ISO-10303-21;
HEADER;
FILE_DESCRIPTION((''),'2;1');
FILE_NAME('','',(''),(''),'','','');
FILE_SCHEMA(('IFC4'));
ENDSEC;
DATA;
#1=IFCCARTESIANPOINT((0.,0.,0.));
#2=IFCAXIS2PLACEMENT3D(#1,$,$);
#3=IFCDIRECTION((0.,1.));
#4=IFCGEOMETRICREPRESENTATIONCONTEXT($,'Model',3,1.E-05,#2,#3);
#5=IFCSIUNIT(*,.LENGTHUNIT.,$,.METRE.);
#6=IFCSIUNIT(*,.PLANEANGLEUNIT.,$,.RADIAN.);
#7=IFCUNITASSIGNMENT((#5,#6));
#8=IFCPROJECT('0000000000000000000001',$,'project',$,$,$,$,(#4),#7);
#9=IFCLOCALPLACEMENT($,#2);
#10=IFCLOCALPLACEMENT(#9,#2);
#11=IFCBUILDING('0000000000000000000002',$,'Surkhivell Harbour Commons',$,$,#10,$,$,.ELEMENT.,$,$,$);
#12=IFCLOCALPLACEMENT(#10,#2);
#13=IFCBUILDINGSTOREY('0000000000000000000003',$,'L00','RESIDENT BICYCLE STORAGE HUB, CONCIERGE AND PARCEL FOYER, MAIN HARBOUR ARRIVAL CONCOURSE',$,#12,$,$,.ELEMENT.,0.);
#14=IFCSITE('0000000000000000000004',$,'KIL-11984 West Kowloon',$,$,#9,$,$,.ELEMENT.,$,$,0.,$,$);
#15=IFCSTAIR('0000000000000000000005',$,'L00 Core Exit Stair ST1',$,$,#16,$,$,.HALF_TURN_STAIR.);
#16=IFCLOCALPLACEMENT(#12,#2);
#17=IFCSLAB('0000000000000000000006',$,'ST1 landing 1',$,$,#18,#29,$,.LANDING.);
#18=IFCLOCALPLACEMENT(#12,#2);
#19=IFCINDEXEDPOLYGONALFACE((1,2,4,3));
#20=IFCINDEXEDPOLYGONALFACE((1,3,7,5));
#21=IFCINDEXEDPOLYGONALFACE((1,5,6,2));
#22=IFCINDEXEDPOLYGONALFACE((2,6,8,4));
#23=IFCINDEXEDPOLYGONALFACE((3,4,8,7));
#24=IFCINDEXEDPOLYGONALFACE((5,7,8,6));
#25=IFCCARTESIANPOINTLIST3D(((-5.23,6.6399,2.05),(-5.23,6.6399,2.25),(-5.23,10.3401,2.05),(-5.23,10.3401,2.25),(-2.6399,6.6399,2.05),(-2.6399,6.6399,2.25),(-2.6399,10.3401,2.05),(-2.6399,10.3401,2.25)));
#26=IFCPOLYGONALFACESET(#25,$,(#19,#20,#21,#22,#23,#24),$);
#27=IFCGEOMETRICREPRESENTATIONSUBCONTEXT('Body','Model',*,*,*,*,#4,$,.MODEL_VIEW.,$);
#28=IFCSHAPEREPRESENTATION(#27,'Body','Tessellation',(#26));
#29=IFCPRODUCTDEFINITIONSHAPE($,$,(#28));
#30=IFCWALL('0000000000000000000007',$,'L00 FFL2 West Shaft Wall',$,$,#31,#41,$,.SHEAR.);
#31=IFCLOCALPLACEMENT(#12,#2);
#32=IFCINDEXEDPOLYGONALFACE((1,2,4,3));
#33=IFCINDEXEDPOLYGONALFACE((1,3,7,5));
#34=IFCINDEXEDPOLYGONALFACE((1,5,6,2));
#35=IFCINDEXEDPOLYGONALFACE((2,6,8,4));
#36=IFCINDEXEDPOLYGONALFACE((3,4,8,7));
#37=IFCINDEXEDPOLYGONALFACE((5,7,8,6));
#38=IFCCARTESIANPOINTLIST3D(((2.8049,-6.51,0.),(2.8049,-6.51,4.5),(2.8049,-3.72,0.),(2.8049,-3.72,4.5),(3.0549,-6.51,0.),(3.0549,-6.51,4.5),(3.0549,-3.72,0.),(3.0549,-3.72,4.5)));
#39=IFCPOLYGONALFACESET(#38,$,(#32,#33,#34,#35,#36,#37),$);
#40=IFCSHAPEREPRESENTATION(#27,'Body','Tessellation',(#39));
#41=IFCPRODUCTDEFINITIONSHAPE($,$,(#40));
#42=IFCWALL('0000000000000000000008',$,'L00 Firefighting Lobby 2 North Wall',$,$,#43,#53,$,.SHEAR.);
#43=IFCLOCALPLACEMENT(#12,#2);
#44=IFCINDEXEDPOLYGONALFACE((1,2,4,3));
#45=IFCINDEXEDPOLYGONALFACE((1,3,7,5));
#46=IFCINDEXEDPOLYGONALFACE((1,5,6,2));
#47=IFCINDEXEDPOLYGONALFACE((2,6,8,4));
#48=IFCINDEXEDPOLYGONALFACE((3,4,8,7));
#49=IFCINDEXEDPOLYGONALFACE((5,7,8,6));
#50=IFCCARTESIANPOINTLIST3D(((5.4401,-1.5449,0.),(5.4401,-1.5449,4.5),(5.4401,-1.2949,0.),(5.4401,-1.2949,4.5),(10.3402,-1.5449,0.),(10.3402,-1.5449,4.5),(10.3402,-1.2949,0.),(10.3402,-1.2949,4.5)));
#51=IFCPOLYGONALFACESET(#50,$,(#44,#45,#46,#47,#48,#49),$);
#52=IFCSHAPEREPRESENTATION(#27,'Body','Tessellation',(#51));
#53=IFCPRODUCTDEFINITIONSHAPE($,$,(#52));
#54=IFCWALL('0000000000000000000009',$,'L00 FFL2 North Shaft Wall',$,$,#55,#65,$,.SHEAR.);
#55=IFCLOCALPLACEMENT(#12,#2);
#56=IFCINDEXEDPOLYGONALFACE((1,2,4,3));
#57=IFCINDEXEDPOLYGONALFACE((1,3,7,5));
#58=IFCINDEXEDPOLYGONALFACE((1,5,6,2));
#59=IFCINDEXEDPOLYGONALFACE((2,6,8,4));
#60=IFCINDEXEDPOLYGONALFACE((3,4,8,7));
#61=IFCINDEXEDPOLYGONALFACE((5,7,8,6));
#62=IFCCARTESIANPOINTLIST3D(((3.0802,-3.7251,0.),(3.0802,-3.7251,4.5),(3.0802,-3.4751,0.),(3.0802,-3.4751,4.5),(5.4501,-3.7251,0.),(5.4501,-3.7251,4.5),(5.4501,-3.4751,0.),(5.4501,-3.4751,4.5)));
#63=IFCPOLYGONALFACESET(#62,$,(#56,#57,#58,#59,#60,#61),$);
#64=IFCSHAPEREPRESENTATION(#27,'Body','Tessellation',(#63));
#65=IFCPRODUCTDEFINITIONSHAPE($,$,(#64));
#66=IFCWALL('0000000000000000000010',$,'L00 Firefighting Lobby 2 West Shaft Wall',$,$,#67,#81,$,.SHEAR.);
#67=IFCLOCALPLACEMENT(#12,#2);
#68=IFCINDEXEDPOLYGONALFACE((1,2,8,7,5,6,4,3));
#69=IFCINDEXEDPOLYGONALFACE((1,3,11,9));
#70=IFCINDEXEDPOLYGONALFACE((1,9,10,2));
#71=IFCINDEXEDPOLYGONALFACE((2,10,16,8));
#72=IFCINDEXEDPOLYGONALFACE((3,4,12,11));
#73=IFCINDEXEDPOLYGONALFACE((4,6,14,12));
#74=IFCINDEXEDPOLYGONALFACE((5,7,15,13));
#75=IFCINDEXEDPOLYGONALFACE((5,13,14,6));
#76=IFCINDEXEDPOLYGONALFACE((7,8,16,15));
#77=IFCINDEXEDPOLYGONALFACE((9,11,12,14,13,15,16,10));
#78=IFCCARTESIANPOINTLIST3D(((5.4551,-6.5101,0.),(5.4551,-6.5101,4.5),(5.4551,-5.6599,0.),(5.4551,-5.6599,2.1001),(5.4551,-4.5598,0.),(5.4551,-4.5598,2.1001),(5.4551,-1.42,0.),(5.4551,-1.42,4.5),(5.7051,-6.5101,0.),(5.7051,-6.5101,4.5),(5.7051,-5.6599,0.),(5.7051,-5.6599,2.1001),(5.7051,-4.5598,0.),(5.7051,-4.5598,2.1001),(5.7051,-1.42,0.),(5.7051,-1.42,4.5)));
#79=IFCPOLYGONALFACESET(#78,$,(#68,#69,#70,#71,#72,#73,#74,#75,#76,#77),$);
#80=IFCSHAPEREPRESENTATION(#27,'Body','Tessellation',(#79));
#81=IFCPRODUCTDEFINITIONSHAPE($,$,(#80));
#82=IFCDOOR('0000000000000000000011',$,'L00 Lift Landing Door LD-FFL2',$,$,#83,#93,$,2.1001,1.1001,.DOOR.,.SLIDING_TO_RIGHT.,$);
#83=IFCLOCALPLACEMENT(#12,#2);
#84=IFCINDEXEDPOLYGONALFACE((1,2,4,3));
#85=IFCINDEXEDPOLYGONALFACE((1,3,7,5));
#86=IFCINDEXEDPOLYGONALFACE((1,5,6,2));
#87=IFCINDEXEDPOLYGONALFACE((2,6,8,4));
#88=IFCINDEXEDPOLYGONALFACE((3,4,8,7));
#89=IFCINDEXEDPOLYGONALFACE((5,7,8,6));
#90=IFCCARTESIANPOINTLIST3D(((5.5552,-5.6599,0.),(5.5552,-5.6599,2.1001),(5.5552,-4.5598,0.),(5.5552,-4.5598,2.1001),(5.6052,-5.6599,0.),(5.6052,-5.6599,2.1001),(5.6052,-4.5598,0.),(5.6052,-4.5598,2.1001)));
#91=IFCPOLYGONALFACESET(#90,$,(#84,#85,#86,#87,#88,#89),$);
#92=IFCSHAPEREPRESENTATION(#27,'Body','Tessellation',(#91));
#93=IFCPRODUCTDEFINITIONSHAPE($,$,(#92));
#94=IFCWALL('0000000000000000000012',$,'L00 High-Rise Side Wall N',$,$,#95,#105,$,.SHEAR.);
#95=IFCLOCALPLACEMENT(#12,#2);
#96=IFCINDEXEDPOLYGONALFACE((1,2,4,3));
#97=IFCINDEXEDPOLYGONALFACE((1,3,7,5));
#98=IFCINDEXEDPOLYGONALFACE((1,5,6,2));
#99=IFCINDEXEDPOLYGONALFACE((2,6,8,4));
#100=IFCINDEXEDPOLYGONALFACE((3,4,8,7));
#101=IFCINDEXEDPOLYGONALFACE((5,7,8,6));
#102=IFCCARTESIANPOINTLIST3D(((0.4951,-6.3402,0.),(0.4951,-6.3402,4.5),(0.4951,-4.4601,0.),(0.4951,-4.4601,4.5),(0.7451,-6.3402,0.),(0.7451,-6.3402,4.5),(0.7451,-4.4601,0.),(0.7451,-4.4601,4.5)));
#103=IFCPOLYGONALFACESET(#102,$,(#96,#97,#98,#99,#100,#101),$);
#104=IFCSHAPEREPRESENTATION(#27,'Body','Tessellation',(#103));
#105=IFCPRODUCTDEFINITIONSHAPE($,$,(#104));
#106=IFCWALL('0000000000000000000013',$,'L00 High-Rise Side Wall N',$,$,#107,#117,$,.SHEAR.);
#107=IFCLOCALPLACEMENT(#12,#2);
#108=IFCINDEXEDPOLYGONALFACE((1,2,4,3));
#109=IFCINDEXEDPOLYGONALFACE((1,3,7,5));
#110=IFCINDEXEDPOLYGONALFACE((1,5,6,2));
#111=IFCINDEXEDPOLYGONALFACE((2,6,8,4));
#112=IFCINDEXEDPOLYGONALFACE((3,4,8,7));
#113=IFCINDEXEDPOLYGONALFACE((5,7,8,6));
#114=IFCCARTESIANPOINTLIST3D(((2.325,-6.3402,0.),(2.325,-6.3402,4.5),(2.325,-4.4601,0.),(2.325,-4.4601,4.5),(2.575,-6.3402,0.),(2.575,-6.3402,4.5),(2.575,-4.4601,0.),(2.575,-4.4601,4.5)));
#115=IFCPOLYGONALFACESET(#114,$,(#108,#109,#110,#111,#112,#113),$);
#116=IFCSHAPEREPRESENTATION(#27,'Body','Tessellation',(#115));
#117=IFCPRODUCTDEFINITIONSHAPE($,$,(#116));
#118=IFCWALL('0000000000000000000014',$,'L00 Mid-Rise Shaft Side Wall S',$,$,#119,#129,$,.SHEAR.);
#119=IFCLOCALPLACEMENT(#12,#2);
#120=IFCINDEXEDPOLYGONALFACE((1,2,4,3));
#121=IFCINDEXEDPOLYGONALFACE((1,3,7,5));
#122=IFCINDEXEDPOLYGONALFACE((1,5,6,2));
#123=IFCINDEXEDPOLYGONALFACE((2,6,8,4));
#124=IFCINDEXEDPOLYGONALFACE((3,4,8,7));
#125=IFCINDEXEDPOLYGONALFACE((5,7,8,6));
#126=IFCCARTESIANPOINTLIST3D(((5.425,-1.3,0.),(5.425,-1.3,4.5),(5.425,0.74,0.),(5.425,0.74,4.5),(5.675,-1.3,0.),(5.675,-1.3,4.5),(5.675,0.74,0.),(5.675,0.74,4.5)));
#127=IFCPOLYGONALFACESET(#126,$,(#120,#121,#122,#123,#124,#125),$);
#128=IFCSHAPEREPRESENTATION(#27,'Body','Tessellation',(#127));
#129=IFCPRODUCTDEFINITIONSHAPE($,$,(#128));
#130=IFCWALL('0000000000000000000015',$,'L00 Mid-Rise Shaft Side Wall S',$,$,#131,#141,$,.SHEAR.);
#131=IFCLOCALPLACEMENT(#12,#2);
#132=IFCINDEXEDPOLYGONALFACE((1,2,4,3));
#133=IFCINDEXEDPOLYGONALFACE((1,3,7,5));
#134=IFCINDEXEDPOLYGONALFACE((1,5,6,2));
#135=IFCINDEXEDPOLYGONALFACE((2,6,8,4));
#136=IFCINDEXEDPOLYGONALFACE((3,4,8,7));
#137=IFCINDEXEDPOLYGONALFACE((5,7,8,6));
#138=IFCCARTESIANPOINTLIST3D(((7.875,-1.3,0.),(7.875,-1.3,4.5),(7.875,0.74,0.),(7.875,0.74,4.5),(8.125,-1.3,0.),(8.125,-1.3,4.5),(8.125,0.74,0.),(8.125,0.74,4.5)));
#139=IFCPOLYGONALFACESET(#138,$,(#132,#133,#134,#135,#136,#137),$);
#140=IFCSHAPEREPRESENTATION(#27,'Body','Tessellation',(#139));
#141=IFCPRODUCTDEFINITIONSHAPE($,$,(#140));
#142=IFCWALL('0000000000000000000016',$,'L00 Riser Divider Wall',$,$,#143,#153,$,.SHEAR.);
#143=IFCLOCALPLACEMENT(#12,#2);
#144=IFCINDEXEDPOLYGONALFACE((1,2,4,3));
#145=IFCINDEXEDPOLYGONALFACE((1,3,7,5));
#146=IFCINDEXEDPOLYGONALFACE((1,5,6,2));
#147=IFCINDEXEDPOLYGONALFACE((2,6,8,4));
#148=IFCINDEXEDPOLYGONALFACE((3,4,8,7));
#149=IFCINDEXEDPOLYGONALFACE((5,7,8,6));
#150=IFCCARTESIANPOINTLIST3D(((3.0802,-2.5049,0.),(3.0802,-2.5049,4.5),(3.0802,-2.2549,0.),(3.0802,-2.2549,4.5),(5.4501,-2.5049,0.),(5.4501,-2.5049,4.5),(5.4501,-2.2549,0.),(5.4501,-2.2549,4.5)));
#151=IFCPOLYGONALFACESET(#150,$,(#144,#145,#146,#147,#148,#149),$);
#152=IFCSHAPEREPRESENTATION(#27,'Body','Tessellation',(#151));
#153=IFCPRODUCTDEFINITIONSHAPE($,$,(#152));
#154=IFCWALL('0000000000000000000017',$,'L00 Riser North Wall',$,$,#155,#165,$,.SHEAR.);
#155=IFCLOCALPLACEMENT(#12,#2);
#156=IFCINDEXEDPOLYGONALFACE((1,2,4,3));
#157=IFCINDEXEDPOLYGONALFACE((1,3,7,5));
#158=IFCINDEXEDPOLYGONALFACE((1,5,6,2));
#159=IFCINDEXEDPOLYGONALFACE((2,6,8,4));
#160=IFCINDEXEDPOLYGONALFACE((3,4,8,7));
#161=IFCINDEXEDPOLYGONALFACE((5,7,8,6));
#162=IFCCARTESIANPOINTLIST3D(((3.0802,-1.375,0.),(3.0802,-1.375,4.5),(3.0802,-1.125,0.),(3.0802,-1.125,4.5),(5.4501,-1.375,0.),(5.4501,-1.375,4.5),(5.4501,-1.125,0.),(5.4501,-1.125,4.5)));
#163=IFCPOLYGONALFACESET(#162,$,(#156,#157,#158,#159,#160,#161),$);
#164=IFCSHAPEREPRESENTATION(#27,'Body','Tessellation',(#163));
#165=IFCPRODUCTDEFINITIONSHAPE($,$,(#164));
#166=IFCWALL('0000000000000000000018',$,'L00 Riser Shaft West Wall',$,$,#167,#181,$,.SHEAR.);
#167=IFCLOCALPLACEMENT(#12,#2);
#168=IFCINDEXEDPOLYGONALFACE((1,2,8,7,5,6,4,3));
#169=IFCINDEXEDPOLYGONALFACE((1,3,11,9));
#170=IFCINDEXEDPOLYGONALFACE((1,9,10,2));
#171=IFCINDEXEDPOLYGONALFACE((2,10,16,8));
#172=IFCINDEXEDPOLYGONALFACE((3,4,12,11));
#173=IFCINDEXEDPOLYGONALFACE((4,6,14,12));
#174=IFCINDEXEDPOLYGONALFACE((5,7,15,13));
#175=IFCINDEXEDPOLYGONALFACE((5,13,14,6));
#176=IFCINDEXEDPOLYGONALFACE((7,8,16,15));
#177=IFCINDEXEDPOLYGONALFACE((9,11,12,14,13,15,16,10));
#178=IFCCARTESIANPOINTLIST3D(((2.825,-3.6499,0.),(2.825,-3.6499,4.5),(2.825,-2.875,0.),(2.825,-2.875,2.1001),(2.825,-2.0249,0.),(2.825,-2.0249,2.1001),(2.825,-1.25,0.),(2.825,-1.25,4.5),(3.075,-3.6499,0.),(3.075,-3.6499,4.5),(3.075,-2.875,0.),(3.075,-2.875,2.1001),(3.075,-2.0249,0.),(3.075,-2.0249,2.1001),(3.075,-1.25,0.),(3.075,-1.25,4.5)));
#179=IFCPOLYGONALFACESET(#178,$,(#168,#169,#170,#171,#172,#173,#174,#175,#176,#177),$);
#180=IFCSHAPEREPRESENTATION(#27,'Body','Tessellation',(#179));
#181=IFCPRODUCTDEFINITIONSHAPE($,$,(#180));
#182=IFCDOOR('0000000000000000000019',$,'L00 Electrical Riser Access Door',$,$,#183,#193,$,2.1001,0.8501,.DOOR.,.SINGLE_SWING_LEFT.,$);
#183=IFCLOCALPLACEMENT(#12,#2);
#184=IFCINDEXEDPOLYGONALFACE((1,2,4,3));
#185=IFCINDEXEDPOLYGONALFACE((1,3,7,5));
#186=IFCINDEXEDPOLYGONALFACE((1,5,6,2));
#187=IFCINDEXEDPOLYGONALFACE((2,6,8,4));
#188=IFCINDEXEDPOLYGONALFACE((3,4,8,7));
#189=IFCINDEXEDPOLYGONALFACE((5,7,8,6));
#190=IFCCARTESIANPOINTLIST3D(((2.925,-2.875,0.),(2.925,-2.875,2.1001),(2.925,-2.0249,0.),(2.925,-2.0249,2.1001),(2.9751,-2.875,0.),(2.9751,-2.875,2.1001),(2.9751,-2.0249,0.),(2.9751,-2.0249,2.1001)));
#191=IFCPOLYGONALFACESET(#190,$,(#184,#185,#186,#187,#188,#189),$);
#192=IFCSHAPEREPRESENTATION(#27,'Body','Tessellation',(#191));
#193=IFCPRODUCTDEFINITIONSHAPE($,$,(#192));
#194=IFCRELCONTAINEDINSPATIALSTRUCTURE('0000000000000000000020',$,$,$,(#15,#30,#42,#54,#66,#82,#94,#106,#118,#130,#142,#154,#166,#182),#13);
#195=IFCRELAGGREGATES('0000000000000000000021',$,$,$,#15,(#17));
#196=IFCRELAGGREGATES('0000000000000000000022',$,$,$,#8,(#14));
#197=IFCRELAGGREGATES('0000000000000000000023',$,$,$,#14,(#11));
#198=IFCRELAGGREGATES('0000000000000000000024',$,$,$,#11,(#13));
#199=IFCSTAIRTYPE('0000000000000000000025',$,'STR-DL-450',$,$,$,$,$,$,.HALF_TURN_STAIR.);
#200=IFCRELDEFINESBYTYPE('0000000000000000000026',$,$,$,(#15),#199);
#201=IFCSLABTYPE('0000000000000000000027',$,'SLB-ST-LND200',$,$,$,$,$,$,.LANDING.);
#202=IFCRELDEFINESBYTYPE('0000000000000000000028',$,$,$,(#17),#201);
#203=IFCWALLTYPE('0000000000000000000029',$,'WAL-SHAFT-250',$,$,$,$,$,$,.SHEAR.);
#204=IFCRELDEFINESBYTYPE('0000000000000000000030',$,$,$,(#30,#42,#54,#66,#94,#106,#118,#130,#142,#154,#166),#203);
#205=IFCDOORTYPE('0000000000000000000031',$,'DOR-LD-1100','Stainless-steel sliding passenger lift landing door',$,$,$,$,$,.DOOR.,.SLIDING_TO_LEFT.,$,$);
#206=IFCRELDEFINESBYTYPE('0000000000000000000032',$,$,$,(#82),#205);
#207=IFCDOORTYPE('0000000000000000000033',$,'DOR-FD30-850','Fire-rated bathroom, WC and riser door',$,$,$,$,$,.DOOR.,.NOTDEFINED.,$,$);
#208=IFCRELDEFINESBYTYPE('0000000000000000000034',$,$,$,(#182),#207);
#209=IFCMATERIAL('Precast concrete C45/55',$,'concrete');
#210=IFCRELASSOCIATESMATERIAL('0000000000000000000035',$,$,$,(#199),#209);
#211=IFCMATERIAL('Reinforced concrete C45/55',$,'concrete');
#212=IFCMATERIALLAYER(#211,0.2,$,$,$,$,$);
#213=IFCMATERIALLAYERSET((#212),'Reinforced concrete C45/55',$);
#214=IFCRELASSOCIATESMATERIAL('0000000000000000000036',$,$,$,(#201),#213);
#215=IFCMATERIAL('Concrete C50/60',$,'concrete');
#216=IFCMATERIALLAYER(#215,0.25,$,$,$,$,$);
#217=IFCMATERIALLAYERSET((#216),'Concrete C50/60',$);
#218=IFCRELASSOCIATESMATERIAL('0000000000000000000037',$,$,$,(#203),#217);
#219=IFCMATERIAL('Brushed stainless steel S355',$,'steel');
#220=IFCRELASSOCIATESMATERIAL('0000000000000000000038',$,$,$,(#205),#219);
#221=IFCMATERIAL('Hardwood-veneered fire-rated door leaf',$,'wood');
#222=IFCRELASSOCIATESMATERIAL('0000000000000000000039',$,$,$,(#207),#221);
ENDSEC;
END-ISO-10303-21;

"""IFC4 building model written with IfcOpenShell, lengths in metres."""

from ifc_helpers import new_model, si_unit, direction, frame, frame_2d, origin, place, context, subcontext, project, spatial, polyline, rectangle, outline, extrude, material, layer, layer_set, type_object, element, fill, aggregate, save


model = new_model("IFC4")

# Units and contexts
model_context = context("Model", 3, precision=1e-05, world=origin(), true_north=direction((0.0, 1.0)))
body_context = subcontext(model_context, "Body", "Model", "MODEL_VIEW")
ifc_project = project(units=[si_unit("LENGTHUNIT", "METRE"), si_unit("PLANEANGLEUNIT", "RADIAN")], contexts=[model_context])

# Site, building, storey
site_placement = place(None, origin())
site = spatial("IfcSite", under=ifc_project, at=site_placement, Name="KIL-11984 West Kowloon", CompositionType="ELEMENT", RefElevation=0.0)
building_placement = place(site_placement, origin())
building = spatial("IfcBuilding", under=site, at=building_placement, Name="Surkhivell Harbour Commons", CompositionType="ELEMENT")
storey_placement = place(building_placement, origin())
storey = spatial("IfcBuildingStorey", under=building, at=storey_placement, Name="L00", Description="RESIDENT BICYCLE STORAGE HUB, CONCIERGE AND PARCEL FOYER, MAIN HARBOUR ARRIVAL CONCOURSE", CompositionType="ELEMENT", Elevation=0.0)

# Stair, slab
ifc_material_1 = material(Name="Precast concrete C45/55", Category="concrete")
stair_type = type_object("IfcStairType", Name="STR-DL-450", PredefinedType="HALF_TURN_STAIR", material=ifc_material_1)
stair_1_placement = place(storey_placement, origin())
stair_1 = element("IfcStair", 1, at=stair_1_placement, inside=storey, type_object=stair_type, Name="L00 Core Exit Stair ST1", PredefinedType="HALF_TURN_STAIR")
ifc_material_2 = material(Name="Reinforced concrete C45/55", Category="concrete")
ifc_layer_1 = layer(ifc_material_2, 0.2)
ifc_layer_set_1 = layer_set([ifc_layer_1], Name="Reinforced concrete C45/55")
slab_type = type_object("IfcSlabType", Name="SLB-ST-LND200", PredefinedType="LANDING", material=ifc_layer_set_1)
slab_placement = place(storey_placement, frame((0.0, 0.0, 2.05)))
slab = element("IfcSlab", 2, at=slab_placement, type_object=slab_type, Name="ST1 landing 1", PredefinedType="LANDING", context=body_context, shape_type="SweptSolid", body=[
    extrude(outline(polyline([(-5.23, 6.6399), (-2.6399, 6.6399), (-2.6399, 10.3401), (-5.23, 10.3401), (-5.23, 6.6399)])), origin(), (0.0, 0.0, 1.0), 0.2),
])
aggregate(stair_1, [slab])

# Walls
ifc_material_3 = material(Name="Concrete C50/60", Category="concrete")
ifc_layer_2 = layer(ifc_material_3, 0.25)
ifc_layer_set_2 = layer_set([ifc_layer_2], Name="Concrete C50/60")
wall_type = type_object("IfcWallType", Name="WAL-SHAFT-250", PredefinedType="SHEAR", material=ifc_layer_set_2)
wall_1_placement = place(storey_placement, frame((2.9299, -6.51, 0.0), z_axis=(0.0, 0.0, 1.0), x_axis=(0.0, 1.0, 0.0)))
element("IfcWall", 3, at=wall_1_placement, inside=storey, type_object=wall_type, Name="L00 FFL2 West Shaft Wall", PredefinedType="SHEAR", context=body_context, shape_type="SweptSolid", body=[
    extrude(rectangle(XDim=2.79, YDim=0.25, at=frame_2d((1.395, 0.0))), origin(), (0.0, 0.0, 1.0), 4.5),
])
wall_2_placement = place(storey_placement, frame((5.4399, -1.4199, 0.0), z_axis=(0.0, 0.0, 1.0), x_axis=(1.0, 0.0, 0.0)))
element("IfcWall", 4, at=wall_2_placement, inside=storey, type_object=wall_type, Name="L00 Firefighting Lobby 2 North Wall", PredefinedType="SHEAR", context=body_context, shape_type="SweptSolid", body=[
    extrude(rectangle(XDim=4.9001, YDim=0.25, at=frame_2d((2.4502, 0.0))), origin(), (0.0, 0.0, 1.0), 4.5),
])
wall_3_placement = place(storey_placement, frame((3.0801, -3.6001, 0.0), z_axis=(0.0, 0.0, 1.0), x_axis=(1.0, 0.0, 0.0)))
element("IfcWall", 5, at=wall_3_placement, inside=storey, type_object=wall_type, Name="L00 FFL2 North Shaft Wall", PredefinedType="SHEAR", context=body_context, shape_type="SweptSolid", body=[
    extrude(rectangle(XDim=2.3699, YDim=0.25, at=frame_2d((1.1851, 0.0))), origin(), (0.0, 0.0, 1.0), 4.5),
])

# Wall, opening, door
wall_4_placement = place(storey_placement, frame((5.5801, -6.51, 0.0), z_axis=(0.0, 0.0, 1.0), x_axis=(0.0, 1.0, 0.0)))
wall_4 = element("IfcWall", 6, at=wall_4_placement, inside=storey, type_object=wall_type, Name="L00 Firefighting Lobby 2 West Shaft Wall", PredefinedType="SHEAR", context=body_context, shape_type="SweptSolid", body=[
    extrude(rectangle(XDim=5.0901, YDim=0.25, at=frame_2d((2.5449, 0.0))), origin(), (0.0, 0.0, 1.0), 4.5),
])
opening_1_placement = place(wall_4_placement, frame((0.8501, 0.0, 0.0)))
opening_1 = element("IfcOpeningElement", 7, at=opening_1_placement, cuts=wall_4, PredefinedType="OPENING", context=body_context, shape_type="SweptSolid", body=[
    extrude(rectangle(XDim=1.1001, YDim=2.1001, at=frame_2d((0.55, 1.05))), frame((0.0, 0.135, 0.0), z_axis=(0.0, -1.0, 0.0), x_axis=(1.0, 0.0, 0.0)), (0.0, 0.0, 1.0), 0.27),
])
ifc_material_4 = material(Name="Brushed stainless steel S355", Category="steel")
door_type_1 = type_object("IfcDoorType", Name="DOR-LD-1100", Description="Stainless-steel sliding passenger lift landing door", OperationType="SLIDING_TO_LEFT", PredefinedType="DOOR", material=ifc_material_4)
door_1_placement = place(opening_1_placement, origin())
door_1 = element("IfcDoor", 8, at=door_1_placement, inside=storey, type_object=door_type_1, Name="L00 Lift Landing Door LD-FFL2", OperationType="SLIDING_TO_RIGHT", OverallHeight=2.1001, OverallWidth=1.1001, PredefinedType="DOOR", context=body_context, shape_type="SweptSolid", body=[
    extrude(rectangle(XDim=1.1001, YDim=2.1001, at=frame_2d((0.55, 1.05))), frame((0.0, 0.0249, 0.0), z_axis=(0.0, -1.0, 0.0), x_axis=(1.0, 0.0, 0.0)), (0.0, 0.0, 1.0), 0.05),
])
fill(opening_1, door_1)

# Walls
for number, where, z_axis, x_axis, name in (
    (9, (0.6201, -6.3401, 0.0), (0.0, 0.0, 1.0), (0.0, 1.0, 0.0), "L00 High-Rise Side Wall N"),
    (10, (2.45, -6.3401, 0.0), (0.0, 0.0, 1.0), (0.0, 1.0, 0.0), "L00 High-Rise Side Wall N"),
):
    element("IfcWall", number, at=place(storey_placement, frame(where, z_axis=z_axis, x_axis=x_axis)), inside=storey, type_object=wall_type, Name=name, PredefinedType="SHEAR", context=body_context, shape_type="SweptSolid", body=[
        extrude(rectangle(XDim=1.8801, YDim=0.25, at=frame_2d((0.9399, 0.0))), origin(), (0.0, 0.0, 1.0), 4.5),
    ])
for number, where, z_axis, x_axis, name in (
    (11, (5.55, -1.3, 0.0), (0.0, 0.0, 1.0), (0.0, 1.0, 0.0), "L00 Mid-Rise Shaft Side Wall S"),
    (12, (8.0, -1.3, 0.0), (0.0, 0.0, 1.0), (0.0, 1.0, 0.0), "L00 Mid-Rise Shaft Side Wall S"),
):
    element("IfcWall", number, at=place(storey_placement, frame(where, z_axis=z_axis, x_axis=x_axis)), inside=storey, type_object=wall_type, Name=name, PredefinedType="SHEAR", context=body_context, shape_type="SweptSolid", body=[
        extrude(rectangle(XDim=2.04, YDim=0.25, at=frame_2d((1.02, 0.0))), origin(), (0.0, 0.0, 1.0), 4.5),
    ])
for number, where, z_axis, x_axis, name in (
    (13, (3.0801, -2.3799, 0.0), (0.0, 0.0, 1.0), (1.0, 0.0, 0.0), "L00 Riser Divider Wall"),
    (14, (3.0801, -1.25, 0.0), (0.0, 0.0, 1.0), (1.0, 0.0, 0.0), "L00 Riser North Wall"),
):
    element("IfcWall", number, at=place(storey_placement, frame(where, z_axis=z_axis, x_axis=x_axis)), inside=storey, type_object=wall_type, Name=name, PredefinedType="SHEAR", context=body_context, shape_type="SweptSolid", body=[
        extrude(rectangle(XDim=2.3699, YDim=0.25, at=frame_2d((1.1851, 0.0))), origin(), (0.0, 0.0, 1.0), 4.5),
    ])

# Wall, opening, door
wall_5_placement = place(storey_placement, frame((2.95, -3.6499, 0.0), z_axis=(0.0, 0.0, 1.0), x_axis=(0.0, 1.0, 0.0)))
wall_5 = element("IfcWall", 15, at=wall_5_placement, inside=storey, type_object=wall_type, Name="L00 Riser Shaft West Wall", PredefinedType="SHEAR", context=body_context, shape_type="SweptSolid", body=[
    extrude(rectangle(XDim=2.3999, YDim=0.25, at=frame_2d((1.2, 0.0))), origin(), (0.0, 0.0, 1.0), 4.5),
])
opening_2_placement = place(wall_5_placement, frame((0.7749, 0.0, 0.0)))
opening_2 = element("IfcOpeningElement", 16, at=opening_2_placement, cuts=wall_5, PredefinedType="OPENING", context=body_context, shape_type="SweptSolid", body=[
    extrude(rectangle(XDim=0.8501, YDim=2.1001, at=frame_2d((0.425, 1.05))), frame((0.0, 0.135, 0.0), z_axis=(0.0, -1.0, 0.0), x_axis=(1.0, 0.0, 0.0)), (0.0, 0.0, 1.0), 0.27),
])
ifc_material_5 = material(Name="Hardwood-veneered fire-rated door leaf", Category="wood")
door_type_2 = type_object("IfcDoorType", Name="DOR-FD30-850", Description="Fire-rated bathroom, WC and riser door", OperationType="NOTDEFINED", PredefinedType="DOOR", material=ifc_material_5)
door_2_placement = place(opening_2_placement, origin())
door_2 = element("IfcDoor", 17, at=door_2_placement, inside=storey, type_object=door_type_2, Name="L00 Electrical Riser Access Door", OperationType="SINGLE_SWING_LEFT", OverallHeight=2.1001, OverallWidth=0.8501, PredefinedType="DOOR", context=body_context, shape_type="SweptSolid", body=[
    extrude(rectangle(XDim=0.8501, YDim=2.1001, at=frame_2d((0.425, 1.05))), frame((0.0, 0.0249, 0.0), z_axis=(0.0, -1.0, 0.0), x_axis=(1.0, 0.0, 0.0)), (0.0, 0.0, 1.0), 0.05),
])
fill(opening_2, door_2)

save(model, "model.ifc")
